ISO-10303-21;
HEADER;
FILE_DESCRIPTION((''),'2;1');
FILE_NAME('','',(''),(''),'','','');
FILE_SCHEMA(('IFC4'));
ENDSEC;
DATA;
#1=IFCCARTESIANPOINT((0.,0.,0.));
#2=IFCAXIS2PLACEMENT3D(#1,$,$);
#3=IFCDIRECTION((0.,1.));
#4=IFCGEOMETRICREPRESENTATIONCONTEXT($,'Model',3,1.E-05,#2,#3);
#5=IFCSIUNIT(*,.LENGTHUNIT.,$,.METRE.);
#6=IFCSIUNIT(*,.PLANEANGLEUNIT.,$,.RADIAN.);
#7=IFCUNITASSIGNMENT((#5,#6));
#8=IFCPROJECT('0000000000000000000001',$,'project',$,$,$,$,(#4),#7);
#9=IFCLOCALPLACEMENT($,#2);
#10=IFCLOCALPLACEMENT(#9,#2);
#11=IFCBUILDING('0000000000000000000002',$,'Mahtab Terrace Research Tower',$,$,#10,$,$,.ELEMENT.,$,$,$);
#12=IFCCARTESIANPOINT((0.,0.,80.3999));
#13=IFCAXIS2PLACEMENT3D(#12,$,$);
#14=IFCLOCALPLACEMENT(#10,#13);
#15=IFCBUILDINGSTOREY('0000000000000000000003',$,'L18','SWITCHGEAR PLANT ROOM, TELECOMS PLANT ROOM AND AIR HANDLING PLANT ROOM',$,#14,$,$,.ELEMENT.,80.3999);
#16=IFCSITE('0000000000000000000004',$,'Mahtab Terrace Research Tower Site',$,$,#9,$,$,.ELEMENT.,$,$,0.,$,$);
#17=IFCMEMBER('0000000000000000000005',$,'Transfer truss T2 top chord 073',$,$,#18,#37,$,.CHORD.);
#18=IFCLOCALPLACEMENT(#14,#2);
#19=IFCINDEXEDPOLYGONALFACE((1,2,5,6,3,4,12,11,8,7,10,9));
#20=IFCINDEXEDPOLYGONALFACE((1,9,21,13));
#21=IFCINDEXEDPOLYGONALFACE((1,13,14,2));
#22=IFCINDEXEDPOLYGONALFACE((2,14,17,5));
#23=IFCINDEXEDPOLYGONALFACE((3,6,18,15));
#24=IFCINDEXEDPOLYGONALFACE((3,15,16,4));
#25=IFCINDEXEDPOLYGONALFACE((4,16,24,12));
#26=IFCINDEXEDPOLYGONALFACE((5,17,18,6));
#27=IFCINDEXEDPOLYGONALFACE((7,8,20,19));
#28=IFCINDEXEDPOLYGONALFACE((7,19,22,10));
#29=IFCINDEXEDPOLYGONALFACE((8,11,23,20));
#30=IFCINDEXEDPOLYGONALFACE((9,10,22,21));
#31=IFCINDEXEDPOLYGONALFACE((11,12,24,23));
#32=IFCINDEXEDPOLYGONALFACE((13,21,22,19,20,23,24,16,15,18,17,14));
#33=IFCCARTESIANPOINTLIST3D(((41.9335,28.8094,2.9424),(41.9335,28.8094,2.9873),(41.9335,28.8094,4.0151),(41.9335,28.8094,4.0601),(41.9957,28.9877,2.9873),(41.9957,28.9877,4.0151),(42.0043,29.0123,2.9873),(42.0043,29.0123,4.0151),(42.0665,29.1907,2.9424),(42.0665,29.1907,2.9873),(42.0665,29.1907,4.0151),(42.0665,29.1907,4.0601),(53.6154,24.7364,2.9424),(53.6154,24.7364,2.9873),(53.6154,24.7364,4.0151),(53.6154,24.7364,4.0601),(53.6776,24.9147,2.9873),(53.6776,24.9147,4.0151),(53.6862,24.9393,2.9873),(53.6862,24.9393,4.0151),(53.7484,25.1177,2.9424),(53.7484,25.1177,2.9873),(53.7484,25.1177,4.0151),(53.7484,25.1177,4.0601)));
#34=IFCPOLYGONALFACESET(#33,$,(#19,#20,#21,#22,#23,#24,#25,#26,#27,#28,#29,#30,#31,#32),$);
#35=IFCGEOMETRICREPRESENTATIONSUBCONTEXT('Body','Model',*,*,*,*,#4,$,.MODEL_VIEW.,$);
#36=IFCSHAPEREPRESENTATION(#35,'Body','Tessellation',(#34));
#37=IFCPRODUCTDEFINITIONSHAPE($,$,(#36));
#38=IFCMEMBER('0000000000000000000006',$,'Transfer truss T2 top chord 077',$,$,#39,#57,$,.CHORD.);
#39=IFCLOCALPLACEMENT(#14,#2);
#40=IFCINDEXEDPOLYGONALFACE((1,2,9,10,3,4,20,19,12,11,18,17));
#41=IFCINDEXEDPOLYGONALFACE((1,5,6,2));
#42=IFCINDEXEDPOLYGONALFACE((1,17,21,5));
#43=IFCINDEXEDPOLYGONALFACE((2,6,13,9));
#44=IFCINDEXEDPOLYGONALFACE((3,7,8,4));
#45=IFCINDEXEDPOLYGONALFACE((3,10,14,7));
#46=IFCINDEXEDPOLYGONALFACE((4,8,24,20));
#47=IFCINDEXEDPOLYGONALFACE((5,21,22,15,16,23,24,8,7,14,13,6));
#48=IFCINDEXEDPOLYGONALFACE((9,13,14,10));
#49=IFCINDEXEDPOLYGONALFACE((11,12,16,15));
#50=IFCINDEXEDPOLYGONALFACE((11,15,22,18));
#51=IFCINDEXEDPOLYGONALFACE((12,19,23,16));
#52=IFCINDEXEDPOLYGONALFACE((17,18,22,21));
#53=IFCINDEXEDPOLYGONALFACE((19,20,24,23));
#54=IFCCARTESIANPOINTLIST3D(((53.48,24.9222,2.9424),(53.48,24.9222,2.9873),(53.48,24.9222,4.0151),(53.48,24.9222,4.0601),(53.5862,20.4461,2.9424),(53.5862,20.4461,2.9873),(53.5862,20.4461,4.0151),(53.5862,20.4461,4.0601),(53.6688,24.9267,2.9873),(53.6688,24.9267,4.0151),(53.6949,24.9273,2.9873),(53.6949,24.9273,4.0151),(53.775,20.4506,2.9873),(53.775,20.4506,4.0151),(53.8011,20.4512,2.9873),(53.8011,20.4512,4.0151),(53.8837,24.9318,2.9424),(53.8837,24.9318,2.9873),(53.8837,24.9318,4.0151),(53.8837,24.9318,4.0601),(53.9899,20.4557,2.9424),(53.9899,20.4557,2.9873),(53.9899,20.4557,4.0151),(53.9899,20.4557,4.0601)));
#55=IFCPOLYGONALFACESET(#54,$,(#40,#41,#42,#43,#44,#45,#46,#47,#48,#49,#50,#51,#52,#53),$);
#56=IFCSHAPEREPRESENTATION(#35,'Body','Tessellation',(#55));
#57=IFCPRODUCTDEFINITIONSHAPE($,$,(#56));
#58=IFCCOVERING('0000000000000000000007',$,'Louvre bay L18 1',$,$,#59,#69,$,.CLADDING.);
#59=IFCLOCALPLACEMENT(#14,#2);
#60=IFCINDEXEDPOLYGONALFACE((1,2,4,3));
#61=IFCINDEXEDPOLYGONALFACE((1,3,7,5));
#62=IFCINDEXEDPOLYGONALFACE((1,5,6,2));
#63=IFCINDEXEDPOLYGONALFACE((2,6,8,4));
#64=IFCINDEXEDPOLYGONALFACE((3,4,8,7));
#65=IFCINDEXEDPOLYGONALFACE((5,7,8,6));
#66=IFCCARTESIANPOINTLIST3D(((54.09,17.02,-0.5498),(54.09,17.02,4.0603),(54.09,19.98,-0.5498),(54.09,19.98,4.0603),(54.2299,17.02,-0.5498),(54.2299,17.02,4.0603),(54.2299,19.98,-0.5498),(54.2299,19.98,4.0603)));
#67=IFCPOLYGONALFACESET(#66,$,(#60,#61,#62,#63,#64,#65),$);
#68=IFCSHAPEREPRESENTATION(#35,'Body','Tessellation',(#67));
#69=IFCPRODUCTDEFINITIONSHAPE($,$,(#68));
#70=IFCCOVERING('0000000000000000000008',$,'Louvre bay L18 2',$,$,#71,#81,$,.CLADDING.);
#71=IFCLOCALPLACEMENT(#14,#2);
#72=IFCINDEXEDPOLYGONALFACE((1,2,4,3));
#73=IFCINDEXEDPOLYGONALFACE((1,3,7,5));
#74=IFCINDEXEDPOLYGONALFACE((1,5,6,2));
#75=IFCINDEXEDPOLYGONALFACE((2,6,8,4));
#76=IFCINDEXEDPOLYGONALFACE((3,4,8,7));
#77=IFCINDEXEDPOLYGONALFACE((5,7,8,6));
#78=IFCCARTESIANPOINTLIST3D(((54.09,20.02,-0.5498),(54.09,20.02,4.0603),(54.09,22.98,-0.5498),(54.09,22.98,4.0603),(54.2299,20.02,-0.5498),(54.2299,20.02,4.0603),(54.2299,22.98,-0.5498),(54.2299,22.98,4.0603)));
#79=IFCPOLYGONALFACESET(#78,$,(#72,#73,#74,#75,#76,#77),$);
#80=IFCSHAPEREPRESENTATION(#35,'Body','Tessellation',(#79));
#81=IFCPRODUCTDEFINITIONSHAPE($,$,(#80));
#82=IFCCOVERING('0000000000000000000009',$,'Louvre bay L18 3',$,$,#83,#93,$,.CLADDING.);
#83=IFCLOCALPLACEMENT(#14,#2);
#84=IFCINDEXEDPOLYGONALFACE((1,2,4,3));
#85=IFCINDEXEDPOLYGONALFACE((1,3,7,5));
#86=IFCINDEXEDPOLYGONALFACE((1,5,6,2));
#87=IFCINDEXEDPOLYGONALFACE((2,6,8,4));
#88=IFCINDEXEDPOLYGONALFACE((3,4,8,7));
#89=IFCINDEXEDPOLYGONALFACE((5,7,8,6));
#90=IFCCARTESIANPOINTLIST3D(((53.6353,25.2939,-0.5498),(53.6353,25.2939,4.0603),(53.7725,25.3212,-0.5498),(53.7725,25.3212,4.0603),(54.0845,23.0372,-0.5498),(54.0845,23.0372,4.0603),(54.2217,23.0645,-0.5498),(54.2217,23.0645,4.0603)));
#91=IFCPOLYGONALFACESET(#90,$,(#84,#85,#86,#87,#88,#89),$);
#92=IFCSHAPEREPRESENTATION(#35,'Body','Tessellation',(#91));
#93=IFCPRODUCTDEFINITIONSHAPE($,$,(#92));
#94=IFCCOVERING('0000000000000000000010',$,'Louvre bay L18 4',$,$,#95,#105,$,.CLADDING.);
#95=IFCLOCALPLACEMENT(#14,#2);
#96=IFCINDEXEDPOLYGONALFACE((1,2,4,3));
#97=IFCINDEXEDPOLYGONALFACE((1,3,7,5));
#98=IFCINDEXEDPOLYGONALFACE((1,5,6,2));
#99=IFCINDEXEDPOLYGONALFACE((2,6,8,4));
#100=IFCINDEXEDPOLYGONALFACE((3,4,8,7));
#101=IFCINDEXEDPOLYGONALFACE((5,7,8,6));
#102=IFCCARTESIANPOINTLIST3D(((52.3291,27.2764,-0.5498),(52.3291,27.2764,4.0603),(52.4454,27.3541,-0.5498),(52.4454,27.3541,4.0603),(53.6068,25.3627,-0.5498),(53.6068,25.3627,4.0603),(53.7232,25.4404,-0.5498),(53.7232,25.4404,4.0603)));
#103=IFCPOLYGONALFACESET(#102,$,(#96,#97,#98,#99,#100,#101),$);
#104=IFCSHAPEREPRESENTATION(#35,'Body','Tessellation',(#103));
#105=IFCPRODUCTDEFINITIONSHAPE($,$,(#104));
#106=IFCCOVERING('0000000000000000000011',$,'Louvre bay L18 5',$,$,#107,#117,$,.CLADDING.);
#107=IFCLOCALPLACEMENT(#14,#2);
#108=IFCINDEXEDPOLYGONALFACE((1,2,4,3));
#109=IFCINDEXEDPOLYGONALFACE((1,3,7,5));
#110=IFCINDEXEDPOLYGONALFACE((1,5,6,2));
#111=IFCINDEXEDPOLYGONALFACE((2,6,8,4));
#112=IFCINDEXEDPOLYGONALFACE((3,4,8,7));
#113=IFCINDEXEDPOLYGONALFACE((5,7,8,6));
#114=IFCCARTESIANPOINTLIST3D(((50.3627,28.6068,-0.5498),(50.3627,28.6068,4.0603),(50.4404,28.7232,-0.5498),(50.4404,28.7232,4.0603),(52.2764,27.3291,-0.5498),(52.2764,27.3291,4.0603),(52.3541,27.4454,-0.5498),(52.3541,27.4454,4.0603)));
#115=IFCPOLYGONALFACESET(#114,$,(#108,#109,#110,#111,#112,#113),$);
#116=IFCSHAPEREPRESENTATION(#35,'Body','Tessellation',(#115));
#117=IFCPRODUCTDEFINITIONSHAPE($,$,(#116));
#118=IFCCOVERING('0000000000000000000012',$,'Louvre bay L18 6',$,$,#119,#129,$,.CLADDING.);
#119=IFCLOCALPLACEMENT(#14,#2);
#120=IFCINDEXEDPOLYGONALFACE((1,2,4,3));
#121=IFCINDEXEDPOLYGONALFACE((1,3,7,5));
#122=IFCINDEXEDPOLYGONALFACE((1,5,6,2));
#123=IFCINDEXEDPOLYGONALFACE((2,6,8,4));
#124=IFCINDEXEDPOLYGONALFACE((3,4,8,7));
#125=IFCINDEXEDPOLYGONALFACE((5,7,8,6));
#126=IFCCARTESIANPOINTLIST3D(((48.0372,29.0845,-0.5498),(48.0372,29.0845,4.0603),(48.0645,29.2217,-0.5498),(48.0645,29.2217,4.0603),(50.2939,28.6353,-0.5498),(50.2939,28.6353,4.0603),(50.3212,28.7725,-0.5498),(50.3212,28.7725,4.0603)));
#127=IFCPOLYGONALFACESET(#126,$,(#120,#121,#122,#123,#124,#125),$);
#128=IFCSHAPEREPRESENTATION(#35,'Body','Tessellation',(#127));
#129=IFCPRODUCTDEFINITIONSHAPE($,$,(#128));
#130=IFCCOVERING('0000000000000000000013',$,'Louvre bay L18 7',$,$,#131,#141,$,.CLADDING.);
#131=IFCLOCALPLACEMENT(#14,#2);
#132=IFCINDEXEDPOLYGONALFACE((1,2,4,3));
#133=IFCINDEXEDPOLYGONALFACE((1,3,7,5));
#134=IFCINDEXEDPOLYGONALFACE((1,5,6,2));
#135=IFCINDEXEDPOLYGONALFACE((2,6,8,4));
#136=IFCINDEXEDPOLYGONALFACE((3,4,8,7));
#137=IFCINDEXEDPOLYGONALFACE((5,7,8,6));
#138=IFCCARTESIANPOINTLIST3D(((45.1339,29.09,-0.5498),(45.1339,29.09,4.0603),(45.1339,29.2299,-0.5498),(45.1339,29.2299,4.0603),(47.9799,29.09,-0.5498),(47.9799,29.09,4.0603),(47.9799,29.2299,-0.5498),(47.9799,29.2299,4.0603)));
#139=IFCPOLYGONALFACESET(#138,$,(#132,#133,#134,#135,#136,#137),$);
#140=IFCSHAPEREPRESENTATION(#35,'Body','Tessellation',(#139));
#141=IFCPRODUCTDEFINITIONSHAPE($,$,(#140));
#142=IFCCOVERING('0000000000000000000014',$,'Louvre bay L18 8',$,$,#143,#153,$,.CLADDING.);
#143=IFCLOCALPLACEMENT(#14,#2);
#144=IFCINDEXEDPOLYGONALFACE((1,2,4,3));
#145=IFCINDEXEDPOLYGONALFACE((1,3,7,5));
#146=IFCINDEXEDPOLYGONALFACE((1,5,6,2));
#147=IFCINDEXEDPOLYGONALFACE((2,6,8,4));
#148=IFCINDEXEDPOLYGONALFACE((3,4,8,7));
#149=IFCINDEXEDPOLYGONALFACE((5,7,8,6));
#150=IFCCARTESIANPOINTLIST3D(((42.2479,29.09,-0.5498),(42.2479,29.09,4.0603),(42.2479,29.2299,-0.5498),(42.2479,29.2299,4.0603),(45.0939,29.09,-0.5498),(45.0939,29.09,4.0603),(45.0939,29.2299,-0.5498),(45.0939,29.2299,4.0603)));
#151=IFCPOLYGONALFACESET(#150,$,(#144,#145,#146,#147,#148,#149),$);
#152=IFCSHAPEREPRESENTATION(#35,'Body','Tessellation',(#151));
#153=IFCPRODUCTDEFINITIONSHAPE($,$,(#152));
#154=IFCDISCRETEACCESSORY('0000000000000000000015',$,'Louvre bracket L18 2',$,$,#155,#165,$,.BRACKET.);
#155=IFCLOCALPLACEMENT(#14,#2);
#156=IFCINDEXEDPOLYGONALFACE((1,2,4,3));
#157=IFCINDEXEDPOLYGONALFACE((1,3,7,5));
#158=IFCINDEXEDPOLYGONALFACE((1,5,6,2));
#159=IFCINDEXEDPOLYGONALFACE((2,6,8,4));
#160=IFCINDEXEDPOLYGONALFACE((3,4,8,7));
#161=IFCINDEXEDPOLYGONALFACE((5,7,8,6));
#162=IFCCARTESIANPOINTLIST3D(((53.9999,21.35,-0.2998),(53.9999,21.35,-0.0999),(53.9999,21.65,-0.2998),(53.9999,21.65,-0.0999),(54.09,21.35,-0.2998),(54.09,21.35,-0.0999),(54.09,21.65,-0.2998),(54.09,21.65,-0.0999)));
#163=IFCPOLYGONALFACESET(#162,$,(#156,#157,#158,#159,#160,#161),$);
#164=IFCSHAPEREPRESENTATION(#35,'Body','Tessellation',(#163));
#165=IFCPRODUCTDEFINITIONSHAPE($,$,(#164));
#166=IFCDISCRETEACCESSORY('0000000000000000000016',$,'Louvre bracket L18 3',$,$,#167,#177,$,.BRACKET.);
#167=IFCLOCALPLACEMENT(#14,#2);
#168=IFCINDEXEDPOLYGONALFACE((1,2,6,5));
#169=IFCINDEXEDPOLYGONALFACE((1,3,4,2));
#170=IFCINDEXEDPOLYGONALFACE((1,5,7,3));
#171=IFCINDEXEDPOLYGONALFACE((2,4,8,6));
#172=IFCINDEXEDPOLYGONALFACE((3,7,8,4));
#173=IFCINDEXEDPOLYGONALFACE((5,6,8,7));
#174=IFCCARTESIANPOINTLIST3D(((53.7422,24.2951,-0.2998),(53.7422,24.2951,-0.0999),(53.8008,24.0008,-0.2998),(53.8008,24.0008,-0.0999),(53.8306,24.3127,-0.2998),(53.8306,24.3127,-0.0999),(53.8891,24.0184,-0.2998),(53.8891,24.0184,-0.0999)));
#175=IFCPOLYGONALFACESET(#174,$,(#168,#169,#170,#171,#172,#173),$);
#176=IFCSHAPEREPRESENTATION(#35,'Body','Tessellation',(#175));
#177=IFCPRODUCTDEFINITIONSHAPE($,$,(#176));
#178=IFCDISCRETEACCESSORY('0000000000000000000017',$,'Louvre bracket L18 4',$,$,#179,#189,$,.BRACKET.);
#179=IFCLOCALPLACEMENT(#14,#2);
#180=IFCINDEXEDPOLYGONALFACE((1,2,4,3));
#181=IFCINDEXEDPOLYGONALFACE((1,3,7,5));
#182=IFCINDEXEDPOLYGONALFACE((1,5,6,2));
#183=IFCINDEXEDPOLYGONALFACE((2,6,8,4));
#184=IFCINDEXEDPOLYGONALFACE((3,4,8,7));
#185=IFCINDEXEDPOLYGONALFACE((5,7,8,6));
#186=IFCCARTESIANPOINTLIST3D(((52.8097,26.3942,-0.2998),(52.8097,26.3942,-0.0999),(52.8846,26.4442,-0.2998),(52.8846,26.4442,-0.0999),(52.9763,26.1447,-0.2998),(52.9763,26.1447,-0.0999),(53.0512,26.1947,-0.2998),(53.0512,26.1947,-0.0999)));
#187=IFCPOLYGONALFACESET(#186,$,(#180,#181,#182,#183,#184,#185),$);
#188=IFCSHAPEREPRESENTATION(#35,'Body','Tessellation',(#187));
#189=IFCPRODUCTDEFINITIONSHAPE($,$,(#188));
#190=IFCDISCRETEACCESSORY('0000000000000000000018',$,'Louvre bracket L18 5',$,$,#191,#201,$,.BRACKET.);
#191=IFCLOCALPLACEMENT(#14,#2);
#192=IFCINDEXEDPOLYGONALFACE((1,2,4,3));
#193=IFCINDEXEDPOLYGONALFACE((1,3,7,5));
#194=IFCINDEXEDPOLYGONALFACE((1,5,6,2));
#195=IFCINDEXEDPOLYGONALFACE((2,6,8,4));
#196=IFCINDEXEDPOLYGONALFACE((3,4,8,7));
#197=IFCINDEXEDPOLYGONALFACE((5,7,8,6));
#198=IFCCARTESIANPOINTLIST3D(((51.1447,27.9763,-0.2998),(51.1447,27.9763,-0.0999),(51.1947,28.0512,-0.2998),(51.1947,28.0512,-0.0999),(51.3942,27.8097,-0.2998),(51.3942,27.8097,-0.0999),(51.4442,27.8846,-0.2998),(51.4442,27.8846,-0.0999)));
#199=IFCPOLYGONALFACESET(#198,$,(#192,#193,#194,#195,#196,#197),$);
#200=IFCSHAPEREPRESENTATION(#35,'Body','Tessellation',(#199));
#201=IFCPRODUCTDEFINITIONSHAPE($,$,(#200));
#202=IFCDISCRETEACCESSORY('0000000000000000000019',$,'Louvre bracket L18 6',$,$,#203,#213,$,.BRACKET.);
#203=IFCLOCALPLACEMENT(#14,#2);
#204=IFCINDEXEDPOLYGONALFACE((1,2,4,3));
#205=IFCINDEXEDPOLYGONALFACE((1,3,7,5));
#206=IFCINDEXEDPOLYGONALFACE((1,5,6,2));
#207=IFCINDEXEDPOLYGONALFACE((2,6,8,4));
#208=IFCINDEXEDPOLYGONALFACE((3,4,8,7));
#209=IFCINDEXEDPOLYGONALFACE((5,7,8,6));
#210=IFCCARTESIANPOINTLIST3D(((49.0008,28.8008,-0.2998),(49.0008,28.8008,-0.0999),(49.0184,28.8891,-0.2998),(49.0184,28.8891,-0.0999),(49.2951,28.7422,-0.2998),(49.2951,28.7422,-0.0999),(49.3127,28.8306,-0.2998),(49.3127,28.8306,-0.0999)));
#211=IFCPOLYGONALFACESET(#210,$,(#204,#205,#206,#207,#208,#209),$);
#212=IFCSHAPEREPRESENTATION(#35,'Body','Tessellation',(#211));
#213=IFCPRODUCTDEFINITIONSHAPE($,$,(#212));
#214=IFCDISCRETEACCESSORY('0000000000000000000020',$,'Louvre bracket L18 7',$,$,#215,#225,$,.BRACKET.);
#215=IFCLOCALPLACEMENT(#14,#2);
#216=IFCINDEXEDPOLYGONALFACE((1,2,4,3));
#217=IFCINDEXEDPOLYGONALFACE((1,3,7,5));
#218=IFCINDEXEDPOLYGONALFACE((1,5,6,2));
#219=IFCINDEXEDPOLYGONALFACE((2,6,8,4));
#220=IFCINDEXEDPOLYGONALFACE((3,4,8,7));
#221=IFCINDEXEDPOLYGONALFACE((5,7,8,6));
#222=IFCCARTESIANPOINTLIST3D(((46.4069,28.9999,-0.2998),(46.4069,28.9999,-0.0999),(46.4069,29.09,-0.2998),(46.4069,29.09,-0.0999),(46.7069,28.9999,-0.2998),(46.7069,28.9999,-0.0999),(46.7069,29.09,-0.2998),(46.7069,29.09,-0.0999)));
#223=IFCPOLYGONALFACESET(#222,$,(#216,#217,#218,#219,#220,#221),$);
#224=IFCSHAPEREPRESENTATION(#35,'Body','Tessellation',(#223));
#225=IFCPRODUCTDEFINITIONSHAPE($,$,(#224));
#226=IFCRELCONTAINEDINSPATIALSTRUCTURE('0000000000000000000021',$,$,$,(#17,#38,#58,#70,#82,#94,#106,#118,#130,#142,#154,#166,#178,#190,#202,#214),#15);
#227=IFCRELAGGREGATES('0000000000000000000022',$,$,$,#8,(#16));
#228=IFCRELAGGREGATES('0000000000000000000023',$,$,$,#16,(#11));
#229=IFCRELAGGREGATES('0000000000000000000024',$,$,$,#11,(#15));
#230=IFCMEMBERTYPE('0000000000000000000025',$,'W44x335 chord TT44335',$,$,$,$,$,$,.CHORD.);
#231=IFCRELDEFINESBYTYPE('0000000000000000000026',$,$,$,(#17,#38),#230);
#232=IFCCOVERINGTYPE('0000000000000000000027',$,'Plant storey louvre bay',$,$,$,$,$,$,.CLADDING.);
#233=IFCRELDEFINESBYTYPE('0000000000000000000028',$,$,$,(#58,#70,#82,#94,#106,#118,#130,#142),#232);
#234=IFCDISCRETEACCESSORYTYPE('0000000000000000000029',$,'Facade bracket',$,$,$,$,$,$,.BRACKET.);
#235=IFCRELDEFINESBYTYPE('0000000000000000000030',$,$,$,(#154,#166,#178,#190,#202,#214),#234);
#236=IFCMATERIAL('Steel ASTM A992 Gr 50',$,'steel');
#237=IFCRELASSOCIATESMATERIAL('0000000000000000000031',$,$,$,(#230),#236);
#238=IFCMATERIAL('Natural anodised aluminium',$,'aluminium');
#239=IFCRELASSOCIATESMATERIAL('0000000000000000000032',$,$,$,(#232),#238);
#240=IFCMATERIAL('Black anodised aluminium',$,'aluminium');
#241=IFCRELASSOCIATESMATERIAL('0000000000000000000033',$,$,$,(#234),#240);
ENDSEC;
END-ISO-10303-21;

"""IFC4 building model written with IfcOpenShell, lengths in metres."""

from ifc_helpers import new_model, si_unit, direction, frame, origin, origin_2d, place, context, subcontext, project, spatial, rectangle, i_section, extrude, material, material_profile, profile_set, type_object, element, save


model = new_model("IFC4")

# Units and contexts
model_context = context("Model", 3, precision=1e-05, world=origin(), true_north=direction((0.0, 1.0)))
body_context = subcontext(model_context, "Body", "Model", "MODEL_VIEW")
ifc_project = project(units=[si_unit("LENGTHUNIT", "METRE"), si_unit("PLANEANGLEUNIT", "RADIAN")], contexts=[model_context])

# Site, building, storey
site_placement = place(None, origin())
site = spatial("IfcSite", under=ifc_project, at=site_placement, Name="Mahtab Terrace Research Tower Site", CompositionType="ELEMENT", RefElevation=0.0)
building_placement = place(site_placement, origin())
building = spatial("IfcBuilding", under=site, at=building_placement, Name="Mahtab Terrace Research Tower", CompositionType="ELEMENT")
storey_placement = place(building_placement, frame((0.0, 0.0, 80.3999)))
storey = spatial("IfcBuildingStorey", under=building, at=storey_placement, Name="L18", Description="SWITCHGEAR PLANT ROOM, TELECOMS PLANT ROOM AND AIR HANDLING PLANT ROOM", CompositionType="ELEMENT", Elevation=80.3999)

# Members
ifc_material_1 = material(Name="Steel ASTM A992 Gr 50", Category="steel")
ifc_material_profile_1 = material_profile(ifc_material_1, i_section(OverallWidth=0.4038, OverallDepth=1.1177, WebThickness=0.0261, FlangeThickness=0.0449, at=origin_2d()), Name="W44X335")
ifc_profile_set_1 = profile_set([ifc_material_profile_1], Name="Steel ASTM A992 Gr 50")
member_type_1 = type_object("IfcMemberType", Name="W44x335 chord TT44335", PredefinedType="CHORD", material=ifc_profile_set_1)
member_1_placement = place(storey_placement, frame((53.6819, 24.927, 3.5012), z_axis=(-0.944252, 0.329222, 0.0), x_axis=(-0.329222, -0.944252, 0.0)))
element("IfcMember", 1, at=member_1_placement, inside=storey, type_object=member_type_1, Name="Transfer truss T2 top chord 073", PredefinedType="CHORD", context=body_context, shape_type="SweptSolid", body=[
    extrude(i_section(OverallWidth=0.4038, OverallDepth=1.1177, WebThickness=0.0261, FlangeThickness=0.0449, at=origin_2d()), origin(), (0.0, 0.0, 1.0), 12.3716),
])
member_2_placement = place(storey_placement, frame((53.7881, 20.4509, 3.5012), z_axis=(-0.02372, 0.999719, 0.0), x_axis=(-0.999719, -0.02372, 0.0)))
element("IfcMember", 2, at=member_2_placement, inside=storey, type_object=member_type_1, Name="Transfer truss T2 top chord 077", PredefinedType="CHORD", context=body_context, shape_type="SweptSolid", body=[
    extrude(i_section(OverallWidth=0.4038, OverallDepth=1.1177, WebThickness=0.0261, FlangeThickness=0.0449, at=origin_2d()), origin(), (0.0, 0.0, 1.0), 4.4773),
])

# Coverings
ifc_material_2 = material(Name="Natural anodised aluminium", Category="aluminium")
covering_type = type_object("IfcCoveringType", Name="Plant storey louvre bay", PredefinedType="CLADDING", material=ifc_material_2)
for number, where, z_axis, x_axis, name in (
    (3, (54.1599, 18.5, -0.5498), (0.0, 0.0, 1.0), (0.0, 1.0, 0.0), "Louvre bay L18 1"),
    (4, (54.1599, 21.5, -0.5498), (0.0, 0.0, 1.0), (0.0, 1.0, 0.0), "Louvre bay L18 2"),
):
    element("IfcCovering", number, at=place(storey_placement, frame(where, z_axis=z_axis, x_axis=x_axis)), inside=storey, type_object=covering_type, Name=name, PredefinedType="CLADDING", context=body_context, shape_type="SweptSolid", body=[
        extrude(rectangle(XDim=2.96, YDim=0.1399, at=origin_2d()), origin(), (0.0, 0.0, 1.0), 4.6101),
    ])
for number, where, z_axis, x_axis, name in (
    (5, (53.9285, 24.1792, -0.5498), (0.0, 0.0, 1.0), (-0.195212, 0.980761, 0.0), "Louvre bay L18 3"),
    (6, (53.0261, 26.3584, -0.5498), (0.0, 0.0, 1.0), (-0.555291, 0.831656, 0.0), "Louvre bay L18 4"),
    (7, (51.3584, 28.0261, -0.5498), (0.0, 0.0, 1.0), (-0.831656, 0.555291, 0.0), "Louvre bay L18 5"),
    (8, (49.1792, 28.9285, -0.5498), (0.0, 0.0, 1.0), (-0.980761, 0.195212, 0.0), "Louvre bay L18 6"),
):
    element("IfcCovering", number, at=place(storey_placement, frame(where, z_axis=z_axis, x_axis=x_axis)), inside=storey, type_object=covering_type, Name=name, PredefinedType="CLADDING", context=body_context, shape_type="SweptSolid", body=[
        extrude(rectangle(XDim=2.301, YDim=0.1399, at=origin_2d()), origin(), (0.0, 0.0, 1.0), 4.6101),
    ])
for number, where, z_axis, x_axis, name in (
    (9, (46.5569, 29.1599, -0.5498), (0.0, 0.0, 1.0), (-1.0, 0.0, 0.0), "Louvre bay L18 7"),
    (10, (43.6709, 29.1599, -0.5498), (0.0, 0.0, 1.0), (-1.0, 0.0, 0.0), "Louvre bay L18 8"),
):
    element("IfcCovering", number, at=place(storey_placement, frame(where, z_axis=z_axis, x_axis=x_axis)), inside=storey, type_object=covering_type, Name=name, PredefinedType="CLADDING", context=body_context, shape_type="SweptSolid", body=[
        extrude(rectangle(XDim=2.8459, YDim=0.1399, at=origin_2d()), origin(), (0.0, 0.0, 1.0), 4.6101),
    ])

# Discrete accessories
ifc_material_3 = material(Name="Black anodised aluminium", Category="aluminium")
discrete_accessory_type_1 = type_object("IfcDiscreteAccessoryType", Name="Facade bracket", PredefinedType="BRACKET", material=ifc_material_3)
for number, where, z_axis, x_axis, name in (
    (11, (54.0449, 21.5, -0.2998), (0.0, 0.0, 1.0), (0.0, 1.0, 0.0), "Louvre bracket L18 2"),
    (12, (53.8157, 24.1567, -0.2998), (0.0, 0.0, 1.0), (-0.195212, 0.980761, 0.0), "Louvre bracket L18 3"),
    (13, (52.9304, 26.2944, -0.2998), (0.0, 0.0, 1.0), (-0.555291, 0.831656, 0.0), "Louvre bracket L18 4"),
    (14, (51.2944, 27.9304, -0.2998), (0.0, 0.0, 1.0), (-0.831656, 0.555291, 0.0), "Louvre bracket L18 5"),
    (15, (49.1567, 28.8157, -0.2998), (0.0, 0.0, 1.0), (-0.980761, 0.195212, 0.0), "Louvre bracket L18 6"),
    (16, (46.5569, 29.0449, -0.2998), (0.0, 0.0, 1.0), (-1.0, 0.0, 0.0), "Louvre bracket L18 7"),
):
    element("IfcDiscreteAccessory", number, at=place(storey_placement, frame(where, z_axis=z_axis, x_axis=x_axis)), inside=storey, type_object=discrete_accessory_type_1, Name=name, PredefinedType="BRACKET", context=body_context, shape_type="SweptSolid", body=[
        extrude(rectangle(XDim=0.3, YDim=0.0901, at=origin_2d()), origin(), (0.0, 0.0, 1.0), 0.2),
    ])

save(model, "model.ifc")
